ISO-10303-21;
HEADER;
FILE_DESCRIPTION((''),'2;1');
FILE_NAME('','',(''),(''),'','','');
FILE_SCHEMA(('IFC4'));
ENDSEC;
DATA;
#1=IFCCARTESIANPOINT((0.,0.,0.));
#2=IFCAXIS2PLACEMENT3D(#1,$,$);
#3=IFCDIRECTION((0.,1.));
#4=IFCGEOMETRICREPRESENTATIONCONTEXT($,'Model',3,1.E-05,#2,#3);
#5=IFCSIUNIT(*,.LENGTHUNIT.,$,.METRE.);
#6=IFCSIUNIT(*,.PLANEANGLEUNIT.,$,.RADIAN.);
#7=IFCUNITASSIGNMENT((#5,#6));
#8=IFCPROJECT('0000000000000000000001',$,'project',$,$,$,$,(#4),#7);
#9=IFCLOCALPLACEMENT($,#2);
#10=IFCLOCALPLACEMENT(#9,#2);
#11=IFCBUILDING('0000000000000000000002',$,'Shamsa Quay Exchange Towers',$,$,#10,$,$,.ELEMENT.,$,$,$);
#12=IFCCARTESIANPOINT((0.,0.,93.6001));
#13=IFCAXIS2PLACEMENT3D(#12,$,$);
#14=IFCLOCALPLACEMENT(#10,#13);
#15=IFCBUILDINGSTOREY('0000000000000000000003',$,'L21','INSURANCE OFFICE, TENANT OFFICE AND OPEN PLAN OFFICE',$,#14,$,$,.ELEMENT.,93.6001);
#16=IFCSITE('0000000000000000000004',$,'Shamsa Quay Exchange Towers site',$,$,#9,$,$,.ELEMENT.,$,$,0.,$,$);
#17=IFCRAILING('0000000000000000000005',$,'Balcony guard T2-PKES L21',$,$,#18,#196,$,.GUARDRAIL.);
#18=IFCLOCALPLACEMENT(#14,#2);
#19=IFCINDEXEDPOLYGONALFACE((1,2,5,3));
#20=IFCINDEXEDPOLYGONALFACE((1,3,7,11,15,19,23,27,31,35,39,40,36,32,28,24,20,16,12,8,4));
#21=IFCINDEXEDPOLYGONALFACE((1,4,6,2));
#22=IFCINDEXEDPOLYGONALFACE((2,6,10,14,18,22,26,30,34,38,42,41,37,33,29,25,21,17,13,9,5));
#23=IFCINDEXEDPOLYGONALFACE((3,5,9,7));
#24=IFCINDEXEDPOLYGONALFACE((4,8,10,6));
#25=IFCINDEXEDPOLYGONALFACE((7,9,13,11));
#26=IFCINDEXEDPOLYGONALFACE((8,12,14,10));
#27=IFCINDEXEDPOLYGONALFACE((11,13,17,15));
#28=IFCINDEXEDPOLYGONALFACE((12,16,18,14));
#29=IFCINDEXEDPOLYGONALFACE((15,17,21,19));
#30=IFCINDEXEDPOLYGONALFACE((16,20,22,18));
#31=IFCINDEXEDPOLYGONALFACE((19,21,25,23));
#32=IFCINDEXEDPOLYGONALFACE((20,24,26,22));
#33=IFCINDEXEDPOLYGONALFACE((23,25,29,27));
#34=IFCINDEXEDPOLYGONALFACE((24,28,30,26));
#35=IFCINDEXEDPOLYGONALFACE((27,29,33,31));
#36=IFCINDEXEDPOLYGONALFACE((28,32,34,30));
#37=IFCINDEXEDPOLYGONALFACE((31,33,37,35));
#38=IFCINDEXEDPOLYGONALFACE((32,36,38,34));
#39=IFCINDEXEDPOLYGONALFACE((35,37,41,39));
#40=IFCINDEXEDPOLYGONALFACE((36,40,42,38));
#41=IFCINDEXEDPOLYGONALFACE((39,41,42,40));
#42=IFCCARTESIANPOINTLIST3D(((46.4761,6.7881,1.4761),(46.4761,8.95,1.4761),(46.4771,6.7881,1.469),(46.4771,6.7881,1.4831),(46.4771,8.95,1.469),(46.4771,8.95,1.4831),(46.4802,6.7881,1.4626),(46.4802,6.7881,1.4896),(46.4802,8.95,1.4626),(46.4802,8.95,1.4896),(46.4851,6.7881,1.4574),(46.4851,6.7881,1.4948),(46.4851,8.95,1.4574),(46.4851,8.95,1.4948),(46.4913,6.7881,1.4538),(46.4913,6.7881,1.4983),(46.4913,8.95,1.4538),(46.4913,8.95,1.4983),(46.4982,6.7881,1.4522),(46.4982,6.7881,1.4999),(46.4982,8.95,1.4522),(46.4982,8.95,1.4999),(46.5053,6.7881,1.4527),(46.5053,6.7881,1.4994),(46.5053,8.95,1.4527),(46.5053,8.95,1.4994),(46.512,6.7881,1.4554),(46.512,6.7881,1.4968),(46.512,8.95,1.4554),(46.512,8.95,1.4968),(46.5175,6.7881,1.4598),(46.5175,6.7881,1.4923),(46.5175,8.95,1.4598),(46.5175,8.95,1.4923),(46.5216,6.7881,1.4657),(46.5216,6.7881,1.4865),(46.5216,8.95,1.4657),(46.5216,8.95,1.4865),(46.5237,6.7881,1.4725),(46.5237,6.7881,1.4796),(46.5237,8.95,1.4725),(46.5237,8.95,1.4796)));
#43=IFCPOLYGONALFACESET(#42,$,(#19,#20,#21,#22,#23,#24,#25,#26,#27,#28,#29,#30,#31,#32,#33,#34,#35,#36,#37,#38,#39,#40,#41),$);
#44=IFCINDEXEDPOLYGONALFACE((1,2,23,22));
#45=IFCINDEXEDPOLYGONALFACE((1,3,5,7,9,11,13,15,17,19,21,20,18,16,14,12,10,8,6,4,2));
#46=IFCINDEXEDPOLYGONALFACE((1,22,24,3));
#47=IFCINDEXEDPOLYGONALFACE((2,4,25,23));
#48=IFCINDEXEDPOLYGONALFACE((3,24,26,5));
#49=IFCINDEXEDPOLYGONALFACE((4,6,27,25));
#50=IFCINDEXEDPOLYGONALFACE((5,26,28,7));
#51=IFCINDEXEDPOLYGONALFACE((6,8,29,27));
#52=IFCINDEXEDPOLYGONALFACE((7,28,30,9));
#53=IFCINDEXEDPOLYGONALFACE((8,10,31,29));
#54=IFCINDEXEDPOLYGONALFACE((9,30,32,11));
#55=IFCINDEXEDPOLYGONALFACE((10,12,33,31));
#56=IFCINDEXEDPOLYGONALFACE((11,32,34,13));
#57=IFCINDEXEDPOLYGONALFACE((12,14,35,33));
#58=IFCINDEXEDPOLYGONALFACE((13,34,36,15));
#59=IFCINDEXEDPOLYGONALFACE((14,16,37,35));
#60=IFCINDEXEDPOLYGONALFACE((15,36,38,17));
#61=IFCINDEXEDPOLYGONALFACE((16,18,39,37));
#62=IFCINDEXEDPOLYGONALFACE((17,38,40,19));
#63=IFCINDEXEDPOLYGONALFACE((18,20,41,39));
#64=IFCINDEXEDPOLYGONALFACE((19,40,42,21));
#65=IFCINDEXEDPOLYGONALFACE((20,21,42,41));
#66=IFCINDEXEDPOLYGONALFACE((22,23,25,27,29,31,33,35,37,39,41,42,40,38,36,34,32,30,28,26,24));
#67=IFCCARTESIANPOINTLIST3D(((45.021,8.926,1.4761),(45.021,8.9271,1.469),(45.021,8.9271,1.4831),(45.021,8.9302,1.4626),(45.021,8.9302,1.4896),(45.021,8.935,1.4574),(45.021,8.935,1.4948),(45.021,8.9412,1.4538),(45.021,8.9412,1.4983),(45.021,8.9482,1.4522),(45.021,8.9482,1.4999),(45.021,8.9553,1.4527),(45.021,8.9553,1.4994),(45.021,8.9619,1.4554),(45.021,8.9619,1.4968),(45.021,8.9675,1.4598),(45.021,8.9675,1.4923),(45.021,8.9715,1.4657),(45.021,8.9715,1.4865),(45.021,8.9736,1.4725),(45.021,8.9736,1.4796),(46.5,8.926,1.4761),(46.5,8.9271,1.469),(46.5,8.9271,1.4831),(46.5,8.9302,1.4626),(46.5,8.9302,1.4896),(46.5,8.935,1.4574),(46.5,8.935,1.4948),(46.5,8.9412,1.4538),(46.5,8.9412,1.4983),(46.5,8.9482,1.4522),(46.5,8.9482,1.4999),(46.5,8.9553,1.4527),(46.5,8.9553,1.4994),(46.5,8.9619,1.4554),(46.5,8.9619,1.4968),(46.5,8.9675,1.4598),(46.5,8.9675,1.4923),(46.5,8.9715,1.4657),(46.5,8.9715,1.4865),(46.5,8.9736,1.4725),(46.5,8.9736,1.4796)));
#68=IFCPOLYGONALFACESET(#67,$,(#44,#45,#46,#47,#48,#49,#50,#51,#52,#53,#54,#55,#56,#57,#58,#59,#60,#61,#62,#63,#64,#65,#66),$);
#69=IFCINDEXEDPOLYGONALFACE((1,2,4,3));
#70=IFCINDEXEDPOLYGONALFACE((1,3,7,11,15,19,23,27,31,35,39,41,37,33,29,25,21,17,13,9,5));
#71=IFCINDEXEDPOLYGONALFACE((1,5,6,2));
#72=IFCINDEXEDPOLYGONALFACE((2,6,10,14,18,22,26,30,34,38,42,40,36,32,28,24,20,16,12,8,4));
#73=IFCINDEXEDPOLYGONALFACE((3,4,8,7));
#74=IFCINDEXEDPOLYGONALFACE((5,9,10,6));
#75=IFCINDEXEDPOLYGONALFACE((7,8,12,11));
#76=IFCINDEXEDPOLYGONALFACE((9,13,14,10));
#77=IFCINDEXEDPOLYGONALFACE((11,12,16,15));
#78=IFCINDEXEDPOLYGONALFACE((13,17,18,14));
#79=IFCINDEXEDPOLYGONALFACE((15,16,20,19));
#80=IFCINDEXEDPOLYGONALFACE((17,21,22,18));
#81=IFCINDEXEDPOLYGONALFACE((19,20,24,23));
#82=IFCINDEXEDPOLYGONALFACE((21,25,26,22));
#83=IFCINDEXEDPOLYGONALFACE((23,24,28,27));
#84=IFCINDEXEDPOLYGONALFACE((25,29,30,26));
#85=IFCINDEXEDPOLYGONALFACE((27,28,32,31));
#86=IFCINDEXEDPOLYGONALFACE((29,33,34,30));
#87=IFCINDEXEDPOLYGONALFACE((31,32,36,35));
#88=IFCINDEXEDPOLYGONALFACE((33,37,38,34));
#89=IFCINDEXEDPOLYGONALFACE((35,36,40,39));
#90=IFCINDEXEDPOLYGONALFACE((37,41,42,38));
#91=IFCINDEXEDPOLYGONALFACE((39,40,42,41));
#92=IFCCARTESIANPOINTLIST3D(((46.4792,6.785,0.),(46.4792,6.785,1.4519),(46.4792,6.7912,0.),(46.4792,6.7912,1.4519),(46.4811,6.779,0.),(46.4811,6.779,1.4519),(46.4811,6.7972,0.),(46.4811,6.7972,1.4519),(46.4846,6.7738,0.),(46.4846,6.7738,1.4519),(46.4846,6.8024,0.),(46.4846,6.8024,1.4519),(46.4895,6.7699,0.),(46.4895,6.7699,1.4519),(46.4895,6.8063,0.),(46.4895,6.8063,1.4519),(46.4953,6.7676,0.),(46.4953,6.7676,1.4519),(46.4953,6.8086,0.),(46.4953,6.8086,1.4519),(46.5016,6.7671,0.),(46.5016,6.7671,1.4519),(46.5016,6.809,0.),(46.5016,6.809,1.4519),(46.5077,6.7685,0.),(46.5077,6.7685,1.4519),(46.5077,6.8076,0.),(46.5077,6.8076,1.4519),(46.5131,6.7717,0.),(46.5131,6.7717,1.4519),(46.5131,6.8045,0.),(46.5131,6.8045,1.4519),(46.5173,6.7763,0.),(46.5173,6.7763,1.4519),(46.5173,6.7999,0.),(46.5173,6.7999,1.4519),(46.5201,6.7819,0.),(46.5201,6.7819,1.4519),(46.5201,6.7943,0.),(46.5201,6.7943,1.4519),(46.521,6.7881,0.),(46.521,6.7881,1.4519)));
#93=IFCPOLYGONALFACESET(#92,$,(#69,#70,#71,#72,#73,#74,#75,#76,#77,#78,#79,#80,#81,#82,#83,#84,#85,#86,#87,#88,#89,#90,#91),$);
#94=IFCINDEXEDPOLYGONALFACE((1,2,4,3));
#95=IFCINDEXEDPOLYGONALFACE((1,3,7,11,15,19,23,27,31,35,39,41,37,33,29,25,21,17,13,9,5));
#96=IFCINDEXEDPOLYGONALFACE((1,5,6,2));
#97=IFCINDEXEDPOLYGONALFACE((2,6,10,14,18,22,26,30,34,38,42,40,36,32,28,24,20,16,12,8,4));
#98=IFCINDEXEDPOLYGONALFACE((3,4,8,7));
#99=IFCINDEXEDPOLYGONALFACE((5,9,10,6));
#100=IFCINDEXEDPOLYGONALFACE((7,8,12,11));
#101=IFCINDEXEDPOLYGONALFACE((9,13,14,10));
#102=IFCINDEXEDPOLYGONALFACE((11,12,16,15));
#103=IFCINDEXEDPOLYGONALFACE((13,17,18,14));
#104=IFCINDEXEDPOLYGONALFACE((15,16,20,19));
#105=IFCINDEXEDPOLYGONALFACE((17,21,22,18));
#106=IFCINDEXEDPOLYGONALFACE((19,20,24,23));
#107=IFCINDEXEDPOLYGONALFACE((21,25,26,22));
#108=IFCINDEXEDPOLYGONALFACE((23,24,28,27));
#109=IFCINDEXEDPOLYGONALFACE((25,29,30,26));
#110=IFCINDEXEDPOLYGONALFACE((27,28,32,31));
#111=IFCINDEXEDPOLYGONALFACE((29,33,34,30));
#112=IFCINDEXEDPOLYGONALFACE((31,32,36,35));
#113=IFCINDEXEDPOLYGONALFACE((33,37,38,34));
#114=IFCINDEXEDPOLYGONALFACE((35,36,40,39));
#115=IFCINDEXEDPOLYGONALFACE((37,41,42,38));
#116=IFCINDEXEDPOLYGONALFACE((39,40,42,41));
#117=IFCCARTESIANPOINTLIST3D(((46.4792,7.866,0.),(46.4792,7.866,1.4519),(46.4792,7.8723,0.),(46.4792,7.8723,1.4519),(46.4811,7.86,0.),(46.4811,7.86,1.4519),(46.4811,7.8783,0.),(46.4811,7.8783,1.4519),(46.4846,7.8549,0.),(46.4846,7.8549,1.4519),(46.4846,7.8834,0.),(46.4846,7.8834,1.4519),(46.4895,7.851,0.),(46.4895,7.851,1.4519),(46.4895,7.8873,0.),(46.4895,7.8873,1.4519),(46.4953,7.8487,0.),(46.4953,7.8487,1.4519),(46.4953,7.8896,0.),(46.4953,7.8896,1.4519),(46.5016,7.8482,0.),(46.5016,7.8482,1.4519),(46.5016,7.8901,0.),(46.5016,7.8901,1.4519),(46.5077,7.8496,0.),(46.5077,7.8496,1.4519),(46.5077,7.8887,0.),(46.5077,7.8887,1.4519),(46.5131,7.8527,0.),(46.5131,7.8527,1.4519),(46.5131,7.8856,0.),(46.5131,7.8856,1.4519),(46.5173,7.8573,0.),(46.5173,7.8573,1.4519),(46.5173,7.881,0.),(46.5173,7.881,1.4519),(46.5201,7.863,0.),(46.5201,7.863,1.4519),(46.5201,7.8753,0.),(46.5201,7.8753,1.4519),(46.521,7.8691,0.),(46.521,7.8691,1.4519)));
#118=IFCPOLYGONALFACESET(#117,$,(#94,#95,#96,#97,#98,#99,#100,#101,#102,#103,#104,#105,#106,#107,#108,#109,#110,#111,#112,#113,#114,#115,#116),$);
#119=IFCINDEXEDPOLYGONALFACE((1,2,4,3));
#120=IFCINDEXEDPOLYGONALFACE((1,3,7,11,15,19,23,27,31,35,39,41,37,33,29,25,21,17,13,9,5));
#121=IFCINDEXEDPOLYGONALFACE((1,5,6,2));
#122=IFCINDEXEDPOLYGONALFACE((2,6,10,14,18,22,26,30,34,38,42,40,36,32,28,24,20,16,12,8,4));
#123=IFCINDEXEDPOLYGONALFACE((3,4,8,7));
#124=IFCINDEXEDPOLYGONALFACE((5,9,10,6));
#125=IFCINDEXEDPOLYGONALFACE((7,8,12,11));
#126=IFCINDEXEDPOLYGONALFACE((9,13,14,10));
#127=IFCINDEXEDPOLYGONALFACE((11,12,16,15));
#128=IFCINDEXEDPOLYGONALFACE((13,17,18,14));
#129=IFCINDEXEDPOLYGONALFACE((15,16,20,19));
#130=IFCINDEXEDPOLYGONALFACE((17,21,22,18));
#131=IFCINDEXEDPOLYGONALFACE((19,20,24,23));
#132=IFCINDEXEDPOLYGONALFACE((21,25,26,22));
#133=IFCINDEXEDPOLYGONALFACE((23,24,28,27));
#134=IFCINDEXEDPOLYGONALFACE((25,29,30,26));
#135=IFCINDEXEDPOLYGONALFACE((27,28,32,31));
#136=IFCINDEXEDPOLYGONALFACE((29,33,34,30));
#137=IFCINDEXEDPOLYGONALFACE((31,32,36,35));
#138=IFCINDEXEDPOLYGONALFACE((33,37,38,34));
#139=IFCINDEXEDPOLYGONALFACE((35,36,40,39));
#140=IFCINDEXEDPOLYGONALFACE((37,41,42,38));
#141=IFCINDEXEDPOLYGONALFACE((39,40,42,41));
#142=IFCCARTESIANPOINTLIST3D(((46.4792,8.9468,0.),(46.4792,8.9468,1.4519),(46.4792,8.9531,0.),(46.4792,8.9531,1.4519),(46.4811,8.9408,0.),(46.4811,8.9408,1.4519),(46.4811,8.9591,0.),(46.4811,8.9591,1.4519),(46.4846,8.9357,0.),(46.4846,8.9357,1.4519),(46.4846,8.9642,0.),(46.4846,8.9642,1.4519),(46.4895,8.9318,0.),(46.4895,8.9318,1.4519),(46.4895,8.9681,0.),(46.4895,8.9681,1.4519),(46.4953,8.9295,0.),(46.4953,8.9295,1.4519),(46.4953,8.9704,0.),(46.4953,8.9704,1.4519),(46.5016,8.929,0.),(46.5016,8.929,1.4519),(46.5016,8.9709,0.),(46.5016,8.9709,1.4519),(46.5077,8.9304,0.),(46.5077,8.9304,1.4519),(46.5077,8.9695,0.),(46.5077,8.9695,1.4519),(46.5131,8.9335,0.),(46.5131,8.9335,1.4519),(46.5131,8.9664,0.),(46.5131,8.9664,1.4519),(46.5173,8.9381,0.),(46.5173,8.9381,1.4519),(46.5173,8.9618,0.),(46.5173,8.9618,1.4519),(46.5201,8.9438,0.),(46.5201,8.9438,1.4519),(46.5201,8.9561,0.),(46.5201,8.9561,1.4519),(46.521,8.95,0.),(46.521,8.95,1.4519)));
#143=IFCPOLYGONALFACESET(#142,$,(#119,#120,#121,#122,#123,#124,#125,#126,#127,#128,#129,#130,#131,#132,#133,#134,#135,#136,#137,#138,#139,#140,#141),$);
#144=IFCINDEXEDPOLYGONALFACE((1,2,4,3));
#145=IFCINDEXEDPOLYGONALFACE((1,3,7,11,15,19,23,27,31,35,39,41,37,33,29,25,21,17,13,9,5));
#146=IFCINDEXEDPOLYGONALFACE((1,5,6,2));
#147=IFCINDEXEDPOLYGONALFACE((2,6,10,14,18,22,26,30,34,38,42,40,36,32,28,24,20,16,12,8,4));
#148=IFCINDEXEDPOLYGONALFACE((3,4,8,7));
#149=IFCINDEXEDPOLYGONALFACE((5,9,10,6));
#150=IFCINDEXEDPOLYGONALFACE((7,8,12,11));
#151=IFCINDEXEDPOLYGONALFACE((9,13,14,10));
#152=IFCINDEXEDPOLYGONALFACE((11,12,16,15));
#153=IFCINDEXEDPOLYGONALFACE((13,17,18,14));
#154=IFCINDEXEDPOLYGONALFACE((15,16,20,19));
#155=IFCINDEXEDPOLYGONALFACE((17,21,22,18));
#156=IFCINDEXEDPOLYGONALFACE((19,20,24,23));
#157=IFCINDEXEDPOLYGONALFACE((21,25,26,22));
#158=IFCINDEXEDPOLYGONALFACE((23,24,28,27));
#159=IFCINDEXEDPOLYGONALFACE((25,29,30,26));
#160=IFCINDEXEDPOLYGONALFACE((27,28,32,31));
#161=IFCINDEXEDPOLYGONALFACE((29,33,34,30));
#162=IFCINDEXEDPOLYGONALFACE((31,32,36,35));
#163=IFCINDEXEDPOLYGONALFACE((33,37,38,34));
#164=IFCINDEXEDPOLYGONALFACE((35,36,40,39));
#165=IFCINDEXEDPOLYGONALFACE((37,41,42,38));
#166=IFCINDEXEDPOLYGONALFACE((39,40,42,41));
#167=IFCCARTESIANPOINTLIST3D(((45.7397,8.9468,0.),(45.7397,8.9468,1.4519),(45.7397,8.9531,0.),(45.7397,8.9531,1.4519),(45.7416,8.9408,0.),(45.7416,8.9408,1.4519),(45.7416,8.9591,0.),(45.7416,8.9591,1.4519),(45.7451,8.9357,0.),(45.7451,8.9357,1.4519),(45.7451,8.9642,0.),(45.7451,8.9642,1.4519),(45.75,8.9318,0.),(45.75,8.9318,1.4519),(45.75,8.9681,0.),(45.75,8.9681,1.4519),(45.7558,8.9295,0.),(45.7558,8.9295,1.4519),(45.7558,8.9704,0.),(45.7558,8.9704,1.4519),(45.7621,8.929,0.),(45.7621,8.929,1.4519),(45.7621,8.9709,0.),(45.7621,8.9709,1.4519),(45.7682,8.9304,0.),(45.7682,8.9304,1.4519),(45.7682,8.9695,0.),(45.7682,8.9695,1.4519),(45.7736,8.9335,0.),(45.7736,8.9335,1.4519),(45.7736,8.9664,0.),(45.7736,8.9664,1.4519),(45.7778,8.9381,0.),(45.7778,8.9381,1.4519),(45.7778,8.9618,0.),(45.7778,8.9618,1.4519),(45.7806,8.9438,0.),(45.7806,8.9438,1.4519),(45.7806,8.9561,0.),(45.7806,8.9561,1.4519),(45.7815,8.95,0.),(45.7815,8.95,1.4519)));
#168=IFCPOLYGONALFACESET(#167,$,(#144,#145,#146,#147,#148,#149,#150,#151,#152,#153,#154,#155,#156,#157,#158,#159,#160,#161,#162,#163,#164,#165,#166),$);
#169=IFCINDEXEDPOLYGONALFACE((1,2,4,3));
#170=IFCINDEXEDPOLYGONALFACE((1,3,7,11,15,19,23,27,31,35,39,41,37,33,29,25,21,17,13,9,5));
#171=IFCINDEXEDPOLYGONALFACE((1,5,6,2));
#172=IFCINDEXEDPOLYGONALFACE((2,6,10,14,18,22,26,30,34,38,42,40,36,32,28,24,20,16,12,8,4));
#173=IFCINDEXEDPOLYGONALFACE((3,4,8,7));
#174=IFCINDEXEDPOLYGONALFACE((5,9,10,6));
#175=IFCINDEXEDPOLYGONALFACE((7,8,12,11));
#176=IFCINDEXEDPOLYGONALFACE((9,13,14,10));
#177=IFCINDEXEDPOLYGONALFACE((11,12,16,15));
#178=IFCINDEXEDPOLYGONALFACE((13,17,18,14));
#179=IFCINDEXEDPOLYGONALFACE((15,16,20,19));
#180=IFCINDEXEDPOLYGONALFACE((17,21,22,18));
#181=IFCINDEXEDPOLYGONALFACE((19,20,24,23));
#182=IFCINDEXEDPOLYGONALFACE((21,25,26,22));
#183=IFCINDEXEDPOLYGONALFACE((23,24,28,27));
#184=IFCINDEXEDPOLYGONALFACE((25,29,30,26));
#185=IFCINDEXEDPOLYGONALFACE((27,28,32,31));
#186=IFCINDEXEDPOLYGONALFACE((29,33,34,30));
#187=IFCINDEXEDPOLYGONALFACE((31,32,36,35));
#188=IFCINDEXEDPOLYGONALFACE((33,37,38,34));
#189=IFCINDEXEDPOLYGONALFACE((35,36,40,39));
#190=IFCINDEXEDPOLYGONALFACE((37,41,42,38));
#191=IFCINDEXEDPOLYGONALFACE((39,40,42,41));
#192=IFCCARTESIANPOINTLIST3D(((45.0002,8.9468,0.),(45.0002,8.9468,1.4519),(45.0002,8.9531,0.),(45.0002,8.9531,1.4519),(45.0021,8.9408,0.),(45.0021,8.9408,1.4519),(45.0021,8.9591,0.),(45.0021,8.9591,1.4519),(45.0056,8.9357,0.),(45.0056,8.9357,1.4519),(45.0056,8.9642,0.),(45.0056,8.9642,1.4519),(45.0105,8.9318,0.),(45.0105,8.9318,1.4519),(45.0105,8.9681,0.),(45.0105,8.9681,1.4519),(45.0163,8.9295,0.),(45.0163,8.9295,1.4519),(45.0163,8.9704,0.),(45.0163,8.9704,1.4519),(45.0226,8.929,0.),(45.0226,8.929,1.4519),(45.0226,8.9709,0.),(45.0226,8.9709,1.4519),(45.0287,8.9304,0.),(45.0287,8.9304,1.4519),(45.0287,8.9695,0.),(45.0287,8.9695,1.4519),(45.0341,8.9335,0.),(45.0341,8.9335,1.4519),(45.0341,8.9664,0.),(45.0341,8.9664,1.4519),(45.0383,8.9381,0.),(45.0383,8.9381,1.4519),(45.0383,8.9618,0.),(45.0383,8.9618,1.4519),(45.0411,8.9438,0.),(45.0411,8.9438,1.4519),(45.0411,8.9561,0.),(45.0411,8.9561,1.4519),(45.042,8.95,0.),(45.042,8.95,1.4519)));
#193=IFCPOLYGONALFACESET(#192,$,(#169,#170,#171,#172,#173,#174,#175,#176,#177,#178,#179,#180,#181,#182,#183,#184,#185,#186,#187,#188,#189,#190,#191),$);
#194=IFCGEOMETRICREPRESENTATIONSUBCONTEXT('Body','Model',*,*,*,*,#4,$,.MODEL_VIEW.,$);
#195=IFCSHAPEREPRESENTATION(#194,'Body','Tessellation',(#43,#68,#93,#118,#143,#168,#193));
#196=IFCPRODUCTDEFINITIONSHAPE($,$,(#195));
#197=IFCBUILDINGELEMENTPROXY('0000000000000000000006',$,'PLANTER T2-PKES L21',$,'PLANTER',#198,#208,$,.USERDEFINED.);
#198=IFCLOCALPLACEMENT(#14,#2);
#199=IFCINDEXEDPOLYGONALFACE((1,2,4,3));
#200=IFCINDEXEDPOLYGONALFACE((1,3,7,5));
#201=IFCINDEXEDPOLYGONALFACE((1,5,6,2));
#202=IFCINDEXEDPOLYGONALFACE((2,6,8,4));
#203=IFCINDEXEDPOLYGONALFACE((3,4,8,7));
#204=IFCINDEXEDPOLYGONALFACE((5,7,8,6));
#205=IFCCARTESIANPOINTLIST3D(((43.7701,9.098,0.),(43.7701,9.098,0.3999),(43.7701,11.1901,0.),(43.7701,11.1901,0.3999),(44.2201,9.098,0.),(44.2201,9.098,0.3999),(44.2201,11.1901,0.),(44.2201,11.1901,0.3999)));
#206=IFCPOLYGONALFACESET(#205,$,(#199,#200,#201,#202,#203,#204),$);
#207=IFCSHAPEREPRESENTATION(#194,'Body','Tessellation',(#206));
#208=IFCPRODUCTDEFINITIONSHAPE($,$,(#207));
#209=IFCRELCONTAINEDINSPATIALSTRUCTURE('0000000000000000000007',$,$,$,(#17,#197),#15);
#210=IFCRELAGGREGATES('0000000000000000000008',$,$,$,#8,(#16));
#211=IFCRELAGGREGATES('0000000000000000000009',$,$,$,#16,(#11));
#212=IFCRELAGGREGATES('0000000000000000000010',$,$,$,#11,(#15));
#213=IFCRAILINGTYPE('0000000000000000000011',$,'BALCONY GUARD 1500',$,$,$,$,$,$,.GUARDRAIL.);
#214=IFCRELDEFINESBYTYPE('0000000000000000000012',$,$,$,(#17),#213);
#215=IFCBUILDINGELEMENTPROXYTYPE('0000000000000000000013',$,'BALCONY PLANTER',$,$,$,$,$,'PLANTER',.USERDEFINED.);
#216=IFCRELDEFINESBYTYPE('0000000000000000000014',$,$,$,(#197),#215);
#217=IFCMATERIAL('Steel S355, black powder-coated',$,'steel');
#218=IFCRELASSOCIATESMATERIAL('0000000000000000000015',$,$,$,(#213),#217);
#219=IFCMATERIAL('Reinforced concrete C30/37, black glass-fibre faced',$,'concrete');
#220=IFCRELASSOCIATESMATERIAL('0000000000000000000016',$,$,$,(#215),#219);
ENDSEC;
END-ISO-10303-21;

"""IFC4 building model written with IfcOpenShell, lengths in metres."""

from ifc_helpers import new_model, si_unit, direction, frame, origin, origin_2d, place, context, subcontext, project, spatial, rectangle, circle, extrude, material, type_object, element, save


model = new_model("IFC4")

# Units and contexts
model_context = context("Model", 3, precision=1e-05, world=origin(), true_north=direction((0.0, 1.0)))
body_context = subcontext(model_context, "Body", "Model", "MODEL_VIEW")
ifc_project = project(units=[si_unit("LENGTHUNIT", "METRE"), si_unit("PLANEANGLEUNIT", "RADIAN")], contexts=[model_context])

# Site, building, storey
site_placement = place(None, origin())
site = spatial("IfcSite", under=ifc_project, at=site_placement, Name="Shamsa Quay Exchange Towers site", CompositionType="ELEMENT", RefElevation=0.0)
building_placement = place(site_placement, origin())
building = spatial("IfcBuilding", under=site, at=building_placement, Name="Shamsa Quay Exchange Towers", CompositionType="ELEMENT")
storey_placement = place(building_placement, frame((0.0, 0.0, 93.6001)))
storey = spatial("IfcBuildingStorey", under=building, at=storey_placement, Name="L21", Description="INSURANCE OFFICE, TENANT OFFICE AND OPEN PLAN OFFICE", CompositionType="ELEMENT", Elevation=93.6001)

# Railing
ifc_material_1 = material(Name="Steel S355, black powder-coated", Category="steel")
railing_type_1 = type_object("IfcRailingType", Name="BALCONY GUARD 1500", PredefinedType="GUARDRAIL", material=ifc_material_1)
for number, where, name in (
    (1, (46.5, 6.7881, 0.0), "Balcony guard T2-PKES L21"),
):
    element("IfcRailing", number, at=place(storey_placement, frame(where)), inside=storey, type_object=railing_type_1, Name=name, PredefinedType="GUARDRAIL", context=body_context, shape_type="SweptSolid", body=[
        extrude(circle(Radius=0.0239, at=origin_2d()), frame((0.0, 0.0, 1.4761), z_axis=(0.0, 1.0, 0.0), x_axis=(-1.0, 0.0, 0.0)), (0.0, 0.0, 1.0), 2.1619),
        extrude(circle(Radius=0.0239, at=origin_2d()), frame((0.0, 2.1619, 1.4761), z_axis=(-1.0, 0.0, 0.0), x_axis=(0.0, -1.0, 0.0)), (0.0, 0.0, 1.0), 1.479),
        extrude(circle(Radius=0.021, at=origin_2d()), origin(), (0.0, 0.0, 1.0), 1.4519),
        extrude(circle(Radius=0.021, at=origin_2d()), frame((0.0, 1.0811, 0.0)), (0.0, 0.0, 1.0), 1.4519),
        extrude(circle(Radius=0.021, at=origin_2d()), frame((0.0, 2.1619, 0.0)), (0.0, 0.0, 1.0), 1.4519),
        extrude(circle(Radius=0.021, at=origin_2d()), frame((-0.7395, 2.1619, 0.0)), (0.0, 0.0, 1.0), 1.4519),
        extrude(circle(Radius=0.021, at=origin_2d()), frame((-1.479, 2.1619, 0.0)), (0.0, 0.0, 1.0), 1.4519),
    ])

# Building element proxy
ifc_material_2 = material(Name="Reinforced concrete C30/37, black glass-fibre faced", Category="concrete")
building_element_proxy_type = type_object("IfcBuildingElementProxyType", Name="BALCONY PLANTER", ElementType="PLANTER", PredefinedType="USERDEFINED", material=ifc_material_2)
for number, where, z_axis, x_axis, name in (
    (2, (43.9951, 10.144, 0.0), (0.0, 0.0, 1.0), (0.0, 1.0, 0.0), "PLANTER T2-PKES L21"),
):
    element("IfcBuildingElementProxy", number, at=place(storey_placement, frame(where, z_axis=z_axis, x_axis=x_axis)), inside=storey, type_object=building_element_proxy_type, Name=name, ObjectType="PLANTER", PredefinedType="USERDEFINED", context=body_context, shape_type="SweptSolid", body=[
        extrude(rectangle(XDim=2.092, YDim=0.45, at=origin_2d()), origin(), (0.0, 0.0, 1.0), 0.3999),
    ])

save(model, "model.ifc")
